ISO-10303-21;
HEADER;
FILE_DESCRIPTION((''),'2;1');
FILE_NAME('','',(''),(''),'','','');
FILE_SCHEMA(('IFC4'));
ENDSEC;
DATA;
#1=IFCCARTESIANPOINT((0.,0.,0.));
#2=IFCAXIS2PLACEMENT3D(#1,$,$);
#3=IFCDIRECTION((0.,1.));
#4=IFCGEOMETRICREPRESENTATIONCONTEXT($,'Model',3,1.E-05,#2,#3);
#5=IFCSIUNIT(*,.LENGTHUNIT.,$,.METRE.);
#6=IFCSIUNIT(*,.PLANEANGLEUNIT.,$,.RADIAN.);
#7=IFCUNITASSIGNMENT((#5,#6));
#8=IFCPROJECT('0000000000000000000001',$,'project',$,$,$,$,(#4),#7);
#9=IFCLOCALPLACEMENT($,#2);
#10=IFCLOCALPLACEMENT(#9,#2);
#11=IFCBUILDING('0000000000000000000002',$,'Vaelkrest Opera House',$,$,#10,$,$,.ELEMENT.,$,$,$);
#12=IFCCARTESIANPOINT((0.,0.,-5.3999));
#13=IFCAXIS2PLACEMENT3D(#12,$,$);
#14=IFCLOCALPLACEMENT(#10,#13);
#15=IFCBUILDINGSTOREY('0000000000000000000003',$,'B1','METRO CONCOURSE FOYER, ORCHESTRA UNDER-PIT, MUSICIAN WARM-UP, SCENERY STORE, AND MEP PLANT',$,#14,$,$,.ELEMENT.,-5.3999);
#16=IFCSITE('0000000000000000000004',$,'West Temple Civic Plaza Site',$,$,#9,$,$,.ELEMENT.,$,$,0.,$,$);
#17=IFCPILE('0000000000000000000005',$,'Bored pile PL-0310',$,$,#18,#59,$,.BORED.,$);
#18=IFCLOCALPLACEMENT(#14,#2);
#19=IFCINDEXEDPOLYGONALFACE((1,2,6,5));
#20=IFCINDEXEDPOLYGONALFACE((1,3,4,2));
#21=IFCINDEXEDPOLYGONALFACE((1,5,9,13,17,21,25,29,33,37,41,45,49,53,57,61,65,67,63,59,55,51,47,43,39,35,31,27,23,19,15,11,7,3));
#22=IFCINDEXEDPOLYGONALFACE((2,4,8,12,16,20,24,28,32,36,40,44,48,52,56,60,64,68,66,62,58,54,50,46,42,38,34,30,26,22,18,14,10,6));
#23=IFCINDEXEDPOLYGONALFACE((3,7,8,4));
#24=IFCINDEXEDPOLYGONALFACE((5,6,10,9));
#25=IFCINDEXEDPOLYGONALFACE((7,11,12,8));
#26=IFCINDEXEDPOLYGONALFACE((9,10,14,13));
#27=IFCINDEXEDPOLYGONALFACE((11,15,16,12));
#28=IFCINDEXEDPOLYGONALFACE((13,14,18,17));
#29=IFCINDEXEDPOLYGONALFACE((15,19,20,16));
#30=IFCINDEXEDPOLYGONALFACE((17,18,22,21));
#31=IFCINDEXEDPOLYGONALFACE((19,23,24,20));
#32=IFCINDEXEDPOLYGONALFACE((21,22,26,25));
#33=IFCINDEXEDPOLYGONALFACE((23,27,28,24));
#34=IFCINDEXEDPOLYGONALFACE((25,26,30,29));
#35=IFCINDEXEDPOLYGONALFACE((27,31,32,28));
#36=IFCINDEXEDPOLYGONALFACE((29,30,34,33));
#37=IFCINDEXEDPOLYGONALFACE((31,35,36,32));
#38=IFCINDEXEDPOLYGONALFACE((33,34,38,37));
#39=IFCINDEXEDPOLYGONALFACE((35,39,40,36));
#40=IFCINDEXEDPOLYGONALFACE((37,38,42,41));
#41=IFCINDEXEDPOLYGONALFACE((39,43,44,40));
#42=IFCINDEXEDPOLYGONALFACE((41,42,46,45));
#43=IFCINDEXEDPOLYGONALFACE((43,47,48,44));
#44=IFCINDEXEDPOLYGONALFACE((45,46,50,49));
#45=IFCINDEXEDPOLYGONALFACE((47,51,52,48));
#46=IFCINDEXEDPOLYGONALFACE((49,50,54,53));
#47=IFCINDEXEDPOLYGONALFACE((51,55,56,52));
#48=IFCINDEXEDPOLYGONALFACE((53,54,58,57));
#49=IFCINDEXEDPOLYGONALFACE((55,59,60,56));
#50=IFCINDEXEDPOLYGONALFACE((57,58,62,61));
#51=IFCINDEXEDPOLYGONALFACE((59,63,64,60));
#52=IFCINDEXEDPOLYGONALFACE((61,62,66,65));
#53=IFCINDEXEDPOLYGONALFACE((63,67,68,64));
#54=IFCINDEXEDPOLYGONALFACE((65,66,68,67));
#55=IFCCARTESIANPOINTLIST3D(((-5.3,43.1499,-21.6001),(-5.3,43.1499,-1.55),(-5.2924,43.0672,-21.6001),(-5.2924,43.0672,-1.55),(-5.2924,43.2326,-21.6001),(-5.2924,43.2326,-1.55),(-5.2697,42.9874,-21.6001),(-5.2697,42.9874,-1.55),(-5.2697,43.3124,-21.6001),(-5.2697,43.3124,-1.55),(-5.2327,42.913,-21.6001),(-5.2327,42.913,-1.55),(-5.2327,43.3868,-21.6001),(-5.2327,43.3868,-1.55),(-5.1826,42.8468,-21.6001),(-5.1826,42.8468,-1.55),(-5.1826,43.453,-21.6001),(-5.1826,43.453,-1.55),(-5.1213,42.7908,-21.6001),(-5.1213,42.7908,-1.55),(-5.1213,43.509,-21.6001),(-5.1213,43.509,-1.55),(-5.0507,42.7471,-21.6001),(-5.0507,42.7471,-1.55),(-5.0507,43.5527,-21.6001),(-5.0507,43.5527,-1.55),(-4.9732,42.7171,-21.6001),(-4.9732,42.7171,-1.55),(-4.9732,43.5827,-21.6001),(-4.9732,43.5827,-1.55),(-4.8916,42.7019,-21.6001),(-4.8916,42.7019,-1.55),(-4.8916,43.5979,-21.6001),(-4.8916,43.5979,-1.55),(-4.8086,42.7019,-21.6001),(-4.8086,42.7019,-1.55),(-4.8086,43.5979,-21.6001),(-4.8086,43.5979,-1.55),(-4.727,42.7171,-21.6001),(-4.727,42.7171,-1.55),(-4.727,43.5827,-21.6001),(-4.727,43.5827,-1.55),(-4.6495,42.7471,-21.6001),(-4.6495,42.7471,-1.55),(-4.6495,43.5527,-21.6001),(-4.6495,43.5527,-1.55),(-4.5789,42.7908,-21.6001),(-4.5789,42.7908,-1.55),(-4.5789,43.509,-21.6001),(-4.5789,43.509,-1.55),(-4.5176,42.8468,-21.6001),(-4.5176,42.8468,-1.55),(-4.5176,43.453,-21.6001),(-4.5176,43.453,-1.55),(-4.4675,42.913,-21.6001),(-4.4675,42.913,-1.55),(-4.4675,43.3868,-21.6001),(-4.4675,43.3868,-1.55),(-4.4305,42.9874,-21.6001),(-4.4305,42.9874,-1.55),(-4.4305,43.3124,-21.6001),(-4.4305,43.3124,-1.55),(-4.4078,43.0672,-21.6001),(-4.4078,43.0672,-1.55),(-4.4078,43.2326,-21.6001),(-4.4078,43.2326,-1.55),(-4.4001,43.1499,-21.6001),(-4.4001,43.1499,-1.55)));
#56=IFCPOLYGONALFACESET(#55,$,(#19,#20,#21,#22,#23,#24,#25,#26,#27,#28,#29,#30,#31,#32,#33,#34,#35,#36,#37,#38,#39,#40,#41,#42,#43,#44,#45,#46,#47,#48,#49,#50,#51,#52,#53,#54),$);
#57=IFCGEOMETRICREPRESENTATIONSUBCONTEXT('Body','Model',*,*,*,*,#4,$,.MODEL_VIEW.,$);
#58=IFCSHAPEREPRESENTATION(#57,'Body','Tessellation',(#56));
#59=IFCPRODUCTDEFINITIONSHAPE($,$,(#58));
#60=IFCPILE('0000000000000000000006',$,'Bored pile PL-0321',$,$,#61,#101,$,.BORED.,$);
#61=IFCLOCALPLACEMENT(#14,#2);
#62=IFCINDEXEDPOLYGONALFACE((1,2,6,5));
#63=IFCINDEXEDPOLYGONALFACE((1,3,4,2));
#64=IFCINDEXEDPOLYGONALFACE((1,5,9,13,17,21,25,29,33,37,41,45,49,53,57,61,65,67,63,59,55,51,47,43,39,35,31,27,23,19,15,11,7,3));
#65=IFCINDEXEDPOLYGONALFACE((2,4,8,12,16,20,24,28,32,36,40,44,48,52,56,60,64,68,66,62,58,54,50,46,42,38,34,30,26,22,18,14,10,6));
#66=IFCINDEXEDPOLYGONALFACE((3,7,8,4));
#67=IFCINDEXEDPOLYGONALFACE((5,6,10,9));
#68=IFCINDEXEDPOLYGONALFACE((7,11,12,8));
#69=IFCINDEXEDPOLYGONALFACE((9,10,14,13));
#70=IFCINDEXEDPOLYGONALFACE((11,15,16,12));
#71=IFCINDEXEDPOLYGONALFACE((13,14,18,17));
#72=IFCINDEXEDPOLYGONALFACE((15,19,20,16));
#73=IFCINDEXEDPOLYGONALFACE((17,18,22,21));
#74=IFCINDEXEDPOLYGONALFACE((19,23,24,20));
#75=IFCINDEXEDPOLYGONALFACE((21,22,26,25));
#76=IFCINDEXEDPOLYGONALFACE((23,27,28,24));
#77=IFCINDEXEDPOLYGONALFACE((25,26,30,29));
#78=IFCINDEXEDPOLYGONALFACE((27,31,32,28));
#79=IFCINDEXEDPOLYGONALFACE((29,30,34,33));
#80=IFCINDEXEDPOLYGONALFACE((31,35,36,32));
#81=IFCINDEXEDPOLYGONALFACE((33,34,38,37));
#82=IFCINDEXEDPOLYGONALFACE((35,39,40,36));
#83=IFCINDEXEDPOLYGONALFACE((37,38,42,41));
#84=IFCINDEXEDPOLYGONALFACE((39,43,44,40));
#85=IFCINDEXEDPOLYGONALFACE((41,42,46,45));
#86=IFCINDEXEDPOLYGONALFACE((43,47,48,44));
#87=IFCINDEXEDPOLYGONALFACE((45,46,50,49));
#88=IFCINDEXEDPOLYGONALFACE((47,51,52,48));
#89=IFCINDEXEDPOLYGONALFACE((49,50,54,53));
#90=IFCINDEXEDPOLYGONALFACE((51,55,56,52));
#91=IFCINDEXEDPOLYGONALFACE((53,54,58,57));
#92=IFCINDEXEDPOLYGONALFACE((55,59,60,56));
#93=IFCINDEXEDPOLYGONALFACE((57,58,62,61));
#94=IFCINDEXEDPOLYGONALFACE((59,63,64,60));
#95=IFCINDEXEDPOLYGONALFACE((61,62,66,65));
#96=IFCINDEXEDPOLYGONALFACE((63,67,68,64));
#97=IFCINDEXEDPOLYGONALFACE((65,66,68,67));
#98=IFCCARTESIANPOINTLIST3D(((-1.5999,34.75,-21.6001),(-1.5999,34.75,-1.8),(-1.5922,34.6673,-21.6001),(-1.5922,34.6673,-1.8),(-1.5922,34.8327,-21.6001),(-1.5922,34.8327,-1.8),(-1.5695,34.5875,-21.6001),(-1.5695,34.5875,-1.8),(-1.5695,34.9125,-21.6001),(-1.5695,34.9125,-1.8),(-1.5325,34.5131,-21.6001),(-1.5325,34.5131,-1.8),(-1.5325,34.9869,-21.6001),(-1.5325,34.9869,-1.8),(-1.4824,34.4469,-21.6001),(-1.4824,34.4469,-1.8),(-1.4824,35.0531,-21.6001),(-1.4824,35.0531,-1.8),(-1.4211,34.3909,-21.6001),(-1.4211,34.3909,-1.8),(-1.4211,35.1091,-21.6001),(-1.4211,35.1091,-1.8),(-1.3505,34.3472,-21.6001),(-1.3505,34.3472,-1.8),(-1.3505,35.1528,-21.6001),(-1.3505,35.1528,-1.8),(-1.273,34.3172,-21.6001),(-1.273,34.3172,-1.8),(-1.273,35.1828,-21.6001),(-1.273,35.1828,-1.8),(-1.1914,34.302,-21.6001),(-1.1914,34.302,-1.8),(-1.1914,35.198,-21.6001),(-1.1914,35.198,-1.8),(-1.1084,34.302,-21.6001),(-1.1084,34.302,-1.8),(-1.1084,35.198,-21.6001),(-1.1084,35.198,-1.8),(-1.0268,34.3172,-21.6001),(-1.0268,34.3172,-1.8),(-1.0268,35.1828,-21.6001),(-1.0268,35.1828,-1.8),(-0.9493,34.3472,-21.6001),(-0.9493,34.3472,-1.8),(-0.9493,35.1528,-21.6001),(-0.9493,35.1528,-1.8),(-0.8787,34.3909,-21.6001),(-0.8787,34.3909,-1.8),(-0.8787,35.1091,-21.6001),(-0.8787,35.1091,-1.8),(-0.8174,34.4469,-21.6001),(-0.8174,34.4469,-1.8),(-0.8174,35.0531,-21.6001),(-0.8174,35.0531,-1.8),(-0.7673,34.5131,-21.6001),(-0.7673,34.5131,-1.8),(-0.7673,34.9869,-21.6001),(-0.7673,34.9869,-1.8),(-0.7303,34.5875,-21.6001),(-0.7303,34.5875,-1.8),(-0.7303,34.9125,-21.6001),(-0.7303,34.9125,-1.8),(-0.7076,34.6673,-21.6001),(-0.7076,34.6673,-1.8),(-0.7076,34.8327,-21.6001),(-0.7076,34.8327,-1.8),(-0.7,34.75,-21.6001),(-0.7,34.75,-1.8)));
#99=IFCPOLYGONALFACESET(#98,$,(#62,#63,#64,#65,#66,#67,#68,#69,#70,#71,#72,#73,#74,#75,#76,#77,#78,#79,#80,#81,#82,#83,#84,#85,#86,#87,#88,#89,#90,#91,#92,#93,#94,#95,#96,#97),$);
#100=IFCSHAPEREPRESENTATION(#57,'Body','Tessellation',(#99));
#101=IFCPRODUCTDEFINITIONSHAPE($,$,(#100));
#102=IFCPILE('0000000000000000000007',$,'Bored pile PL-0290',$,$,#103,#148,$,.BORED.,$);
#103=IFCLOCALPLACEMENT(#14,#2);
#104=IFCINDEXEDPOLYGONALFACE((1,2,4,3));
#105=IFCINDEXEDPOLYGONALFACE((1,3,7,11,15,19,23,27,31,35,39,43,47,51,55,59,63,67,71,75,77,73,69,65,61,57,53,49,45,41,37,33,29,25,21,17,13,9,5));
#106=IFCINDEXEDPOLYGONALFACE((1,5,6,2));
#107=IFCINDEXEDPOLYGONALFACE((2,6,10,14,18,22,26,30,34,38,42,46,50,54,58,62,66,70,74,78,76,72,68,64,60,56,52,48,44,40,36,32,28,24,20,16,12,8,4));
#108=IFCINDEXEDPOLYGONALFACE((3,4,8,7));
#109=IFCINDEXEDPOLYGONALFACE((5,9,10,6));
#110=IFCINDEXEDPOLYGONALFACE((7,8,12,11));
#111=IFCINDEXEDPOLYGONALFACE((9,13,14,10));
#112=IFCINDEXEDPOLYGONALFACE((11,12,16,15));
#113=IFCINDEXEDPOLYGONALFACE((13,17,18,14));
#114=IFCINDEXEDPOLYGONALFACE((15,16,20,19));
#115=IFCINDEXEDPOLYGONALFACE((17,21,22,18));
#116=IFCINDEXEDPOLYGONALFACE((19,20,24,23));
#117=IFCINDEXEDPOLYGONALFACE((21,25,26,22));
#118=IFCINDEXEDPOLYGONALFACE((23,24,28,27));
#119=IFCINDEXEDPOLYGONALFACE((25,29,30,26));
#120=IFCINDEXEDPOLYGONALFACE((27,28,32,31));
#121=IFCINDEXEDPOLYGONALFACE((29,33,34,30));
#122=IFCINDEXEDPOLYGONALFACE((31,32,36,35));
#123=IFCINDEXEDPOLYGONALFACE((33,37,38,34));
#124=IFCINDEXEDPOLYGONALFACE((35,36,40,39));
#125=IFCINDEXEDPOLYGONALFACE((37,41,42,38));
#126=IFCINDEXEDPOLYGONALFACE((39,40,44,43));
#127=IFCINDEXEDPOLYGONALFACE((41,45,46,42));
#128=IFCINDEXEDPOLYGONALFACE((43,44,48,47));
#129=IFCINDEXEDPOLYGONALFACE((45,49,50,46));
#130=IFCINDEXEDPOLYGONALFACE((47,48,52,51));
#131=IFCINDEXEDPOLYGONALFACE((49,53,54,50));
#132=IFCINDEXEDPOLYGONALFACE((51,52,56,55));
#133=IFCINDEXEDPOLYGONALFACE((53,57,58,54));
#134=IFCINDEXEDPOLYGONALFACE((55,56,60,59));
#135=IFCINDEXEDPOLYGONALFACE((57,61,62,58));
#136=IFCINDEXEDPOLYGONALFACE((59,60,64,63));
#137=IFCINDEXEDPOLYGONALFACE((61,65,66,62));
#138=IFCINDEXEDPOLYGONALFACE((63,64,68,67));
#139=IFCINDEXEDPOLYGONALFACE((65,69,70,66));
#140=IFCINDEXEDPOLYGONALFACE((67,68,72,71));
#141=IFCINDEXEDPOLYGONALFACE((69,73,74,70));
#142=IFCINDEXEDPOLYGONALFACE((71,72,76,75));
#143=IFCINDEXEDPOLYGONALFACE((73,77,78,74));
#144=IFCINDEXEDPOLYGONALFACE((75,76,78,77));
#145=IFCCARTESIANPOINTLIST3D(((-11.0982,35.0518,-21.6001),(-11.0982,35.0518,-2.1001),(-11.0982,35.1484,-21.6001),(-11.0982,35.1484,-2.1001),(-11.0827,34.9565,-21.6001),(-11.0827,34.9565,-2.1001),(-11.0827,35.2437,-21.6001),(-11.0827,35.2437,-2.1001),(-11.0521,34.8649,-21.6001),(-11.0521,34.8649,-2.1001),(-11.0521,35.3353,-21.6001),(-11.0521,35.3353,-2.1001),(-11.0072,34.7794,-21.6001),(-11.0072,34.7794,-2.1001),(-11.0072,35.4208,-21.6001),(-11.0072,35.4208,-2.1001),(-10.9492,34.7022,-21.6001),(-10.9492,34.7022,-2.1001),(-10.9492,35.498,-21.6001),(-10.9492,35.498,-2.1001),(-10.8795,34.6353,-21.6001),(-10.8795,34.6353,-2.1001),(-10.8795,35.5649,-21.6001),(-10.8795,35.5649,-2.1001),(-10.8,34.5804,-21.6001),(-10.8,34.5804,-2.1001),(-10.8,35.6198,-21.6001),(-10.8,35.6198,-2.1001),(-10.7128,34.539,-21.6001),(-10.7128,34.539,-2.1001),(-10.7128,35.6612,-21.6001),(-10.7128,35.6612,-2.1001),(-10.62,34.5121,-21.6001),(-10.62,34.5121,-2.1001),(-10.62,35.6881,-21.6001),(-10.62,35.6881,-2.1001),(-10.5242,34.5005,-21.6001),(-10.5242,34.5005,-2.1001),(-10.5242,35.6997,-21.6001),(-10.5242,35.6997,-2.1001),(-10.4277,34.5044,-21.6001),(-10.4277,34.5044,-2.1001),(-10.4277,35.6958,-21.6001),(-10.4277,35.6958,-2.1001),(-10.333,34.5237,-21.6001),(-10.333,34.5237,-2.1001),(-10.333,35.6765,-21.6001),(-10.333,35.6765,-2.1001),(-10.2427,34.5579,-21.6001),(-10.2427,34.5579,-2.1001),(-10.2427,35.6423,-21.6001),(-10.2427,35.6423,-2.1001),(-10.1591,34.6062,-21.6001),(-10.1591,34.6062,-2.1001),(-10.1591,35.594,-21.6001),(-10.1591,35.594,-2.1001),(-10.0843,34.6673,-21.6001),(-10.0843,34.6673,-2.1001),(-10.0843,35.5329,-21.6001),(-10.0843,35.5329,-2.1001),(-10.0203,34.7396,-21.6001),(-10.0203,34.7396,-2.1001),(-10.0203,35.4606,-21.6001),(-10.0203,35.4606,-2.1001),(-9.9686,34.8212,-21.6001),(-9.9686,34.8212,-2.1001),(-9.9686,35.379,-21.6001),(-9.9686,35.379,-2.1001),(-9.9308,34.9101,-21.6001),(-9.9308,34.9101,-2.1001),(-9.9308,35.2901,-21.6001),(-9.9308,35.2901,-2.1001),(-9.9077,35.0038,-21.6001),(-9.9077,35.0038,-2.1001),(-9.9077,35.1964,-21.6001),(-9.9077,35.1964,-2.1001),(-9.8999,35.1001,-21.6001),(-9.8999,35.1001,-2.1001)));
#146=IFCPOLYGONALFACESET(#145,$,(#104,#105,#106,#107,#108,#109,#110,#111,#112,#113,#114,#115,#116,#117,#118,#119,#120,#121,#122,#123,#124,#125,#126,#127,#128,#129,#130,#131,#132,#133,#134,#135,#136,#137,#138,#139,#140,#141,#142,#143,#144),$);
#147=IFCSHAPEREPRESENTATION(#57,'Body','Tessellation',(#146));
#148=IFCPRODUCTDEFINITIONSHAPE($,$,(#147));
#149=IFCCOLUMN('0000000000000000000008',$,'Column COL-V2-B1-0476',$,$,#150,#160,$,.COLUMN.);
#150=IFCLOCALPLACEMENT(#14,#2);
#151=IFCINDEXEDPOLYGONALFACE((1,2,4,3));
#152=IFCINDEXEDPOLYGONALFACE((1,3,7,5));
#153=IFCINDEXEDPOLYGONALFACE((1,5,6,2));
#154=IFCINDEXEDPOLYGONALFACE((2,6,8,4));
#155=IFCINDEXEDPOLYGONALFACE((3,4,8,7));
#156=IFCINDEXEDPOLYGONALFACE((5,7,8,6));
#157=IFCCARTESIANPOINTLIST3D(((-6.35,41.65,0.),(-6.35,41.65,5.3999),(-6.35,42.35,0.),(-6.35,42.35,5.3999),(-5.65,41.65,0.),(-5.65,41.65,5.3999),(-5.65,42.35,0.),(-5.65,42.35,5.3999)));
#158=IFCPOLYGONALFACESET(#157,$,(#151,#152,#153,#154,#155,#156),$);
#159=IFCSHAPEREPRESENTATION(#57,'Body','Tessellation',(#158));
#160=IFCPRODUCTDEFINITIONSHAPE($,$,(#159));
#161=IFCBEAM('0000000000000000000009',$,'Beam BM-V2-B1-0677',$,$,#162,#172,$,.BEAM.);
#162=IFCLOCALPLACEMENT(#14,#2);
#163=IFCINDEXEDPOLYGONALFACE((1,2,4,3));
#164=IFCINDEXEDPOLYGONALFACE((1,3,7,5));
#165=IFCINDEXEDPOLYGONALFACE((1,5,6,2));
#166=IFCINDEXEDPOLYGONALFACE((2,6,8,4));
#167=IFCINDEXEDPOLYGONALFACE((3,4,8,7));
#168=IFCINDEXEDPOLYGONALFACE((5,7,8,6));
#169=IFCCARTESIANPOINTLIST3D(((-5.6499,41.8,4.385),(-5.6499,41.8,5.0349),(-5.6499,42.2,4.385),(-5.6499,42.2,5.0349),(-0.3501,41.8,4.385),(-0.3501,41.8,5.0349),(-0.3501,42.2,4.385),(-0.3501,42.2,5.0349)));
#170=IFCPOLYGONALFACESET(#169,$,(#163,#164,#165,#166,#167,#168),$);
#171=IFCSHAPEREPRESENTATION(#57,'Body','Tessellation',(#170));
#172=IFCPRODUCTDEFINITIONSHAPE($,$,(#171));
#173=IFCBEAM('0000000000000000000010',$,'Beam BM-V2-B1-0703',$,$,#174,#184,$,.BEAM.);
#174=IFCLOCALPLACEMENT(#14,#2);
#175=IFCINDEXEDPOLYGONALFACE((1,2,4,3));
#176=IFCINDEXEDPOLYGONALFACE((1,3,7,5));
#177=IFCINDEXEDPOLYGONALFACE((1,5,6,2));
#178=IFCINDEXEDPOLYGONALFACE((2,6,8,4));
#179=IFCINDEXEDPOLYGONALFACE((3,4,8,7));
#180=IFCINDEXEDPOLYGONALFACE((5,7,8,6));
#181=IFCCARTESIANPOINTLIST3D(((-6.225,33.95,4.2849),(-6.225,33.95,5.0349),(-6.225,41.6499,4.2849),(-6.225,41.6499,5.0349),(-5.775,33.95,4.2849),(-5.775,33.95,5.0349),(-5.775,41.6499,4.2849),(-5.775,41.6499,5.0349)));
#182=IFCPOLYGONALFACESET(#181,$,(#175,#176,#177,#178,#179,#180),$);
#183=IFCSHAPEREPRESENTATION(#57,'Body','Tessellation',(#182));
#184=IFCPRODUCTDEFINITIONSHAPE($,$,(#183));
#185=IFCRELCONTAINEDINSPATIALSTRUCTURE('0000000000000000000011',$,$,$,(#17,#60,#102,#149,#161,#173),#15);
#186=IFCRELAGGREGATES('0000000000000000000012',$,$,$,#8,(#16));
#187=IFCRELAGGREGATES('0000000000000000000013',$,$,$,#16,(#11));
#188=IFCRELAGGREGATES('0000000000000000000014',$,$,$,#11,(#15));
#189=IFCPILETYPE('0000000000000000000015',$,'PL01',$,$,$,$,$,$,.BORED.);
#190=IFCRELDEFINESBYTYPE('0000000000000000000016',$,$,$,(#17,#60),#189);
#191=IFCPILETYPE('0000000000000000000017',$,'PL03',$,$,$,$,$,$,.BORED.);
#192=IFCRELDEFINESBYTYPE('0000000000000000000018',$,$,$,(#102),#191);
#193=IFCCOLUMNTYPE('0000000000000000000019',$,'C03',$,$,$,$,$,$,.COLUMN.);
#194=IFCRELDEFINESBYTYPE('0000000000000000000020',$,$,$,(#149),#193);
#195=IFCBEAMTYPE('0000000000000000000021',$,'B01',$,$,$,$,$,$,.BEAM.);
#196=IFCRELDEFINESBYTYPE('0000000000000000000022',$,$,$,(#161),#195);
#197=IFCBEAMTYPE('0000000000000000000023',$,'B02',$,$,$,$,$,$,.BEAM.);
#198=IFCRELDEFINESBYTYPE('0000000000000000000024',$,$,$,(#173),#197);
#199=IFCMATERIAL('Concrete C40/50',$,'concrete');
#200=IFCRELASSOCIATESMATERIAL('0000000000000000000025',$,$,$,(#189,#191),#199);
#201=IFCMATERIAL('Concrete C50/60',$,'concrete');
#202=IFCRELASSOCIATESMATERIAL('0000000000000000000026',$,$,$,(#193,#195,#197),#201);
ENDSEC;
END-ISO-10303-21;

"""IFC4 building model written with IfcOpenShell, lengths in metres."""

from ifc_helpers import new_model, si_unit, direction, frame, origin, origin_2d, place, context, subcontext, project, spatial, rectangle, circle, extrude, material, material_profile, profile_set, type_object, element, save


model = new_model("IFC4")

# Units and contexts
model_context = context("Model", 3, precision=1e-05, world=origin(), true_north=direction((0.0, 1.0)))
body_context = subcontext(model_context, "Body", "Model", "MODEL_VIEW")
ifc_project = project(units=[si_unit("LENGTHUNIT", "METRE"), si_unit("PLANEANGLEUNIT", "RADIAN")], contexts=[model_context])

# Site, building, storey
site_placement = place(None, origin())
site = spatial("IfcSite", under=ifc_project, at=site_placement, Name="West Temple Civic Plaza Site", CompositionType="ELEMENT", RefElevation=0.0)
building_placement = place(site_placement, origin())
building = spatial("IfcBuilding", under=site, at=building_placement, Name="Vaelkrest Opera House", CompositionType="ELEMENT")
storey_placement = place(building_placement, frame((0.0, 0.0, -5.3999)))
storey = spatial("IfcBuildingStorey", under=building, at=storey_placement, Name="B1", Description="METRO CONCOURSE FOYER, ORCHESTRA UNDER-PIT, MUSICIAN WARM-UP, SCENERY STORE, AND MEP PLANT", CompositionType="ELEMENT", Elevation=-5.3999)

# Shared definitions
ifc_material_1 = material(Name="Concrete C40/50", Category="concrete")

# Piles
ifc_material_profile_1 = material_profile(ifc_material_1, circle(Radius=0.45, at=origin_2d()), Name="PILE900")
ifc_profile_set_1 = profile_set([ifc_material_profile_1], Name="Concrete C40/50")
pile_type_1 = type_object("IfcPileType", Name="PL01", PredefinedType="BORED", material=ifc_profile_set_1)
for number, where, z_axis, x_axis, name in (
    (1, (-4.8501, 43.1499, -1.55), (0.0, 0.0, -1.0), (1.0, 0.0, 0.0), "Bored pile PL-0310"),
):
    element("IfcPile", number, at=place(storey_placement, frame(where, z_axis=z_axis, x_axis=x_axis)), inside=storey, type_object=pile_type_1, Name=name, PredefinedType="BORED", context=body_context, shape_type="SweptSolid", body=[
        extrude(circle(Radius=0.45, at=origin_2d()), origin(), (0.0, 0.0, 1.0), 20.05),
    ])
pile_1_placement = place(storey_placement, frame((-1.1499, 34.75, -1.8), z_axis=(0.0, 0.0, -1.0), x_axis=(1.0, 0.0, 0.0)))
element("IfcPile", 2, at=pile_1_placement, inside=storey, type_object=pile_type_1, Name="Bored pile PL-0321", PredefinedType="BORED", context=body_context, shape_type="SweptSolid", body=[
    extrude(circle(Radius=0.45, at=origin_2d()), origin(), (0.0, 0.0, 1.0), 19.8),
])
ifc_material_profile_2 = material_profile(ifc_material_1, circle(Radius=0.6001, at=origin_2d()), Name="PILE1200")
ifc_profile_set_2 = profile_set([ifc_material_profile_2], Name="Concrete C40/50")
pile_type_2 = type_object("IfcPileType", Name="PL03", PredefinedType="BORED", material=ifc_profile_set_2)
pile_2_placement = place(storey_placement, frame((-10.5, 35.1001, -2.1001), z_axis=(0.0, 0.0, -1.0), x_axis=(1.0, 0.0, 0.0)))
element("IfcPile", 3, at=pile_2_placement, inside=storey, type_object=pile_type_2, Name="Bored pile PL-0290", PredefinedType="BORED", context=body_context, shape_type="SweptSolid", body=[
    extrude(circle(Radius=0.6001, at=origin_2d()), origin(), (0.0, 0.0, 1.0), 19.5),
])

# Column
ifc_material_2 = material(Name="Concrete C50/60", Category="concrete")
ifc_material_profile_3 = material_profile(ifc_material_2, rectangle(XDim=0.7, YDim=0.7, at=origin_2d()), Name="RC700X700")
ifc_profile_set_3 = profile_set([ifc_material_profile_3], Name="Concrete C50/60")
column_type = type_object("IfcColumnType", Name="C03", PredefinedType="COLUMN", material=ifc_profile_set_3)
column_placement = place(storey_placement, frame((-6.0, 42.0, 0.0), z_axis=(0.0, 0.0, 1.0), x_axis=(1.0, 0.0, 0.0)))
element("IfcColumn", 4, at=column_placement, inside=storey, type_object=column_type, Name="Column COL-V2-B1-0476", PredefinedType="COLUMN", context=body_context, shape_type="SweptSolid", body=[
    extrude(rectangle(XDim=0.7, YDim=0.7, at=origin_2d()), origin(), (0.0, 0.0, 1.0), 5.3999),
])

# Beams
ifc_material_profile_4 = material_profile(ifc_material_2, rectangle(XDim=0.3999, YDim=0.6499, at=origin_2d()), Name="RCB400X650")
ifc_profile_set_4 = profile_set([ifc_material_profile_4], Name="Concrete C50/60")
beam_type_1 = type_object("IfcBeamType", Name="B01", PredefinedType="BEAM", material=ifc_profile_set_4)
beam_1_placement = place(storey_placement, frame((-5.6499, 42.0, 4.71), z_axis=(1.0, 0.0, 0.0), x_axis=(0.0, 1.0, 0.0)))
element("IfcBeam", 5, at=beam_1_placement, inside=storey, type_object=beam_type_1, Name="Beam BM-V2-B1-0677", PredefinedType="BEAM", context=body_context, shape_type="SweptSolid", body=[
    extrude(rectangle(XDim=0.3999, YDim=0.6499, at=origin_2d()), origin(), (0.0, 0.0, 1.0), 5.2998),
])
ifc_material_profile_5 = material_profile(ifc_material_2, rectangle(XDim=0.45, YDim=0.75, at=origin_2d()), Name="RCB450X750")
ifc_profile_set_5 = profile_set([ifc_material_profile_5], Name="Concrete C50/60")
beam_type_2 = type_object("IfcBeamType", Name="B02", PredefinedType="BEAM", material=ifc_profile_set_5)
beam_2_placement = place(storey_placement, frame((-6.0, 33.95, 4.6599), z_axis=(0.0, 1.0, 0.0), x_axis=(-1.0, 0.0, 0.0)))
element("IfcBeam", 6, at=beam_2_placement, inside=storey, type_object=beam_type_2, Name="Beam BM-V2-B1-0703", PredefinedType="BEAM", context=body_context, shape_type="SweptSolid", body=[
    extrude(rectangle(XDim=0.45, YDim=0.75, at=origin_2d()), origin(), (0.0, 0.0, 1.0), 7.7),
])

save(model, "model.ifc")
